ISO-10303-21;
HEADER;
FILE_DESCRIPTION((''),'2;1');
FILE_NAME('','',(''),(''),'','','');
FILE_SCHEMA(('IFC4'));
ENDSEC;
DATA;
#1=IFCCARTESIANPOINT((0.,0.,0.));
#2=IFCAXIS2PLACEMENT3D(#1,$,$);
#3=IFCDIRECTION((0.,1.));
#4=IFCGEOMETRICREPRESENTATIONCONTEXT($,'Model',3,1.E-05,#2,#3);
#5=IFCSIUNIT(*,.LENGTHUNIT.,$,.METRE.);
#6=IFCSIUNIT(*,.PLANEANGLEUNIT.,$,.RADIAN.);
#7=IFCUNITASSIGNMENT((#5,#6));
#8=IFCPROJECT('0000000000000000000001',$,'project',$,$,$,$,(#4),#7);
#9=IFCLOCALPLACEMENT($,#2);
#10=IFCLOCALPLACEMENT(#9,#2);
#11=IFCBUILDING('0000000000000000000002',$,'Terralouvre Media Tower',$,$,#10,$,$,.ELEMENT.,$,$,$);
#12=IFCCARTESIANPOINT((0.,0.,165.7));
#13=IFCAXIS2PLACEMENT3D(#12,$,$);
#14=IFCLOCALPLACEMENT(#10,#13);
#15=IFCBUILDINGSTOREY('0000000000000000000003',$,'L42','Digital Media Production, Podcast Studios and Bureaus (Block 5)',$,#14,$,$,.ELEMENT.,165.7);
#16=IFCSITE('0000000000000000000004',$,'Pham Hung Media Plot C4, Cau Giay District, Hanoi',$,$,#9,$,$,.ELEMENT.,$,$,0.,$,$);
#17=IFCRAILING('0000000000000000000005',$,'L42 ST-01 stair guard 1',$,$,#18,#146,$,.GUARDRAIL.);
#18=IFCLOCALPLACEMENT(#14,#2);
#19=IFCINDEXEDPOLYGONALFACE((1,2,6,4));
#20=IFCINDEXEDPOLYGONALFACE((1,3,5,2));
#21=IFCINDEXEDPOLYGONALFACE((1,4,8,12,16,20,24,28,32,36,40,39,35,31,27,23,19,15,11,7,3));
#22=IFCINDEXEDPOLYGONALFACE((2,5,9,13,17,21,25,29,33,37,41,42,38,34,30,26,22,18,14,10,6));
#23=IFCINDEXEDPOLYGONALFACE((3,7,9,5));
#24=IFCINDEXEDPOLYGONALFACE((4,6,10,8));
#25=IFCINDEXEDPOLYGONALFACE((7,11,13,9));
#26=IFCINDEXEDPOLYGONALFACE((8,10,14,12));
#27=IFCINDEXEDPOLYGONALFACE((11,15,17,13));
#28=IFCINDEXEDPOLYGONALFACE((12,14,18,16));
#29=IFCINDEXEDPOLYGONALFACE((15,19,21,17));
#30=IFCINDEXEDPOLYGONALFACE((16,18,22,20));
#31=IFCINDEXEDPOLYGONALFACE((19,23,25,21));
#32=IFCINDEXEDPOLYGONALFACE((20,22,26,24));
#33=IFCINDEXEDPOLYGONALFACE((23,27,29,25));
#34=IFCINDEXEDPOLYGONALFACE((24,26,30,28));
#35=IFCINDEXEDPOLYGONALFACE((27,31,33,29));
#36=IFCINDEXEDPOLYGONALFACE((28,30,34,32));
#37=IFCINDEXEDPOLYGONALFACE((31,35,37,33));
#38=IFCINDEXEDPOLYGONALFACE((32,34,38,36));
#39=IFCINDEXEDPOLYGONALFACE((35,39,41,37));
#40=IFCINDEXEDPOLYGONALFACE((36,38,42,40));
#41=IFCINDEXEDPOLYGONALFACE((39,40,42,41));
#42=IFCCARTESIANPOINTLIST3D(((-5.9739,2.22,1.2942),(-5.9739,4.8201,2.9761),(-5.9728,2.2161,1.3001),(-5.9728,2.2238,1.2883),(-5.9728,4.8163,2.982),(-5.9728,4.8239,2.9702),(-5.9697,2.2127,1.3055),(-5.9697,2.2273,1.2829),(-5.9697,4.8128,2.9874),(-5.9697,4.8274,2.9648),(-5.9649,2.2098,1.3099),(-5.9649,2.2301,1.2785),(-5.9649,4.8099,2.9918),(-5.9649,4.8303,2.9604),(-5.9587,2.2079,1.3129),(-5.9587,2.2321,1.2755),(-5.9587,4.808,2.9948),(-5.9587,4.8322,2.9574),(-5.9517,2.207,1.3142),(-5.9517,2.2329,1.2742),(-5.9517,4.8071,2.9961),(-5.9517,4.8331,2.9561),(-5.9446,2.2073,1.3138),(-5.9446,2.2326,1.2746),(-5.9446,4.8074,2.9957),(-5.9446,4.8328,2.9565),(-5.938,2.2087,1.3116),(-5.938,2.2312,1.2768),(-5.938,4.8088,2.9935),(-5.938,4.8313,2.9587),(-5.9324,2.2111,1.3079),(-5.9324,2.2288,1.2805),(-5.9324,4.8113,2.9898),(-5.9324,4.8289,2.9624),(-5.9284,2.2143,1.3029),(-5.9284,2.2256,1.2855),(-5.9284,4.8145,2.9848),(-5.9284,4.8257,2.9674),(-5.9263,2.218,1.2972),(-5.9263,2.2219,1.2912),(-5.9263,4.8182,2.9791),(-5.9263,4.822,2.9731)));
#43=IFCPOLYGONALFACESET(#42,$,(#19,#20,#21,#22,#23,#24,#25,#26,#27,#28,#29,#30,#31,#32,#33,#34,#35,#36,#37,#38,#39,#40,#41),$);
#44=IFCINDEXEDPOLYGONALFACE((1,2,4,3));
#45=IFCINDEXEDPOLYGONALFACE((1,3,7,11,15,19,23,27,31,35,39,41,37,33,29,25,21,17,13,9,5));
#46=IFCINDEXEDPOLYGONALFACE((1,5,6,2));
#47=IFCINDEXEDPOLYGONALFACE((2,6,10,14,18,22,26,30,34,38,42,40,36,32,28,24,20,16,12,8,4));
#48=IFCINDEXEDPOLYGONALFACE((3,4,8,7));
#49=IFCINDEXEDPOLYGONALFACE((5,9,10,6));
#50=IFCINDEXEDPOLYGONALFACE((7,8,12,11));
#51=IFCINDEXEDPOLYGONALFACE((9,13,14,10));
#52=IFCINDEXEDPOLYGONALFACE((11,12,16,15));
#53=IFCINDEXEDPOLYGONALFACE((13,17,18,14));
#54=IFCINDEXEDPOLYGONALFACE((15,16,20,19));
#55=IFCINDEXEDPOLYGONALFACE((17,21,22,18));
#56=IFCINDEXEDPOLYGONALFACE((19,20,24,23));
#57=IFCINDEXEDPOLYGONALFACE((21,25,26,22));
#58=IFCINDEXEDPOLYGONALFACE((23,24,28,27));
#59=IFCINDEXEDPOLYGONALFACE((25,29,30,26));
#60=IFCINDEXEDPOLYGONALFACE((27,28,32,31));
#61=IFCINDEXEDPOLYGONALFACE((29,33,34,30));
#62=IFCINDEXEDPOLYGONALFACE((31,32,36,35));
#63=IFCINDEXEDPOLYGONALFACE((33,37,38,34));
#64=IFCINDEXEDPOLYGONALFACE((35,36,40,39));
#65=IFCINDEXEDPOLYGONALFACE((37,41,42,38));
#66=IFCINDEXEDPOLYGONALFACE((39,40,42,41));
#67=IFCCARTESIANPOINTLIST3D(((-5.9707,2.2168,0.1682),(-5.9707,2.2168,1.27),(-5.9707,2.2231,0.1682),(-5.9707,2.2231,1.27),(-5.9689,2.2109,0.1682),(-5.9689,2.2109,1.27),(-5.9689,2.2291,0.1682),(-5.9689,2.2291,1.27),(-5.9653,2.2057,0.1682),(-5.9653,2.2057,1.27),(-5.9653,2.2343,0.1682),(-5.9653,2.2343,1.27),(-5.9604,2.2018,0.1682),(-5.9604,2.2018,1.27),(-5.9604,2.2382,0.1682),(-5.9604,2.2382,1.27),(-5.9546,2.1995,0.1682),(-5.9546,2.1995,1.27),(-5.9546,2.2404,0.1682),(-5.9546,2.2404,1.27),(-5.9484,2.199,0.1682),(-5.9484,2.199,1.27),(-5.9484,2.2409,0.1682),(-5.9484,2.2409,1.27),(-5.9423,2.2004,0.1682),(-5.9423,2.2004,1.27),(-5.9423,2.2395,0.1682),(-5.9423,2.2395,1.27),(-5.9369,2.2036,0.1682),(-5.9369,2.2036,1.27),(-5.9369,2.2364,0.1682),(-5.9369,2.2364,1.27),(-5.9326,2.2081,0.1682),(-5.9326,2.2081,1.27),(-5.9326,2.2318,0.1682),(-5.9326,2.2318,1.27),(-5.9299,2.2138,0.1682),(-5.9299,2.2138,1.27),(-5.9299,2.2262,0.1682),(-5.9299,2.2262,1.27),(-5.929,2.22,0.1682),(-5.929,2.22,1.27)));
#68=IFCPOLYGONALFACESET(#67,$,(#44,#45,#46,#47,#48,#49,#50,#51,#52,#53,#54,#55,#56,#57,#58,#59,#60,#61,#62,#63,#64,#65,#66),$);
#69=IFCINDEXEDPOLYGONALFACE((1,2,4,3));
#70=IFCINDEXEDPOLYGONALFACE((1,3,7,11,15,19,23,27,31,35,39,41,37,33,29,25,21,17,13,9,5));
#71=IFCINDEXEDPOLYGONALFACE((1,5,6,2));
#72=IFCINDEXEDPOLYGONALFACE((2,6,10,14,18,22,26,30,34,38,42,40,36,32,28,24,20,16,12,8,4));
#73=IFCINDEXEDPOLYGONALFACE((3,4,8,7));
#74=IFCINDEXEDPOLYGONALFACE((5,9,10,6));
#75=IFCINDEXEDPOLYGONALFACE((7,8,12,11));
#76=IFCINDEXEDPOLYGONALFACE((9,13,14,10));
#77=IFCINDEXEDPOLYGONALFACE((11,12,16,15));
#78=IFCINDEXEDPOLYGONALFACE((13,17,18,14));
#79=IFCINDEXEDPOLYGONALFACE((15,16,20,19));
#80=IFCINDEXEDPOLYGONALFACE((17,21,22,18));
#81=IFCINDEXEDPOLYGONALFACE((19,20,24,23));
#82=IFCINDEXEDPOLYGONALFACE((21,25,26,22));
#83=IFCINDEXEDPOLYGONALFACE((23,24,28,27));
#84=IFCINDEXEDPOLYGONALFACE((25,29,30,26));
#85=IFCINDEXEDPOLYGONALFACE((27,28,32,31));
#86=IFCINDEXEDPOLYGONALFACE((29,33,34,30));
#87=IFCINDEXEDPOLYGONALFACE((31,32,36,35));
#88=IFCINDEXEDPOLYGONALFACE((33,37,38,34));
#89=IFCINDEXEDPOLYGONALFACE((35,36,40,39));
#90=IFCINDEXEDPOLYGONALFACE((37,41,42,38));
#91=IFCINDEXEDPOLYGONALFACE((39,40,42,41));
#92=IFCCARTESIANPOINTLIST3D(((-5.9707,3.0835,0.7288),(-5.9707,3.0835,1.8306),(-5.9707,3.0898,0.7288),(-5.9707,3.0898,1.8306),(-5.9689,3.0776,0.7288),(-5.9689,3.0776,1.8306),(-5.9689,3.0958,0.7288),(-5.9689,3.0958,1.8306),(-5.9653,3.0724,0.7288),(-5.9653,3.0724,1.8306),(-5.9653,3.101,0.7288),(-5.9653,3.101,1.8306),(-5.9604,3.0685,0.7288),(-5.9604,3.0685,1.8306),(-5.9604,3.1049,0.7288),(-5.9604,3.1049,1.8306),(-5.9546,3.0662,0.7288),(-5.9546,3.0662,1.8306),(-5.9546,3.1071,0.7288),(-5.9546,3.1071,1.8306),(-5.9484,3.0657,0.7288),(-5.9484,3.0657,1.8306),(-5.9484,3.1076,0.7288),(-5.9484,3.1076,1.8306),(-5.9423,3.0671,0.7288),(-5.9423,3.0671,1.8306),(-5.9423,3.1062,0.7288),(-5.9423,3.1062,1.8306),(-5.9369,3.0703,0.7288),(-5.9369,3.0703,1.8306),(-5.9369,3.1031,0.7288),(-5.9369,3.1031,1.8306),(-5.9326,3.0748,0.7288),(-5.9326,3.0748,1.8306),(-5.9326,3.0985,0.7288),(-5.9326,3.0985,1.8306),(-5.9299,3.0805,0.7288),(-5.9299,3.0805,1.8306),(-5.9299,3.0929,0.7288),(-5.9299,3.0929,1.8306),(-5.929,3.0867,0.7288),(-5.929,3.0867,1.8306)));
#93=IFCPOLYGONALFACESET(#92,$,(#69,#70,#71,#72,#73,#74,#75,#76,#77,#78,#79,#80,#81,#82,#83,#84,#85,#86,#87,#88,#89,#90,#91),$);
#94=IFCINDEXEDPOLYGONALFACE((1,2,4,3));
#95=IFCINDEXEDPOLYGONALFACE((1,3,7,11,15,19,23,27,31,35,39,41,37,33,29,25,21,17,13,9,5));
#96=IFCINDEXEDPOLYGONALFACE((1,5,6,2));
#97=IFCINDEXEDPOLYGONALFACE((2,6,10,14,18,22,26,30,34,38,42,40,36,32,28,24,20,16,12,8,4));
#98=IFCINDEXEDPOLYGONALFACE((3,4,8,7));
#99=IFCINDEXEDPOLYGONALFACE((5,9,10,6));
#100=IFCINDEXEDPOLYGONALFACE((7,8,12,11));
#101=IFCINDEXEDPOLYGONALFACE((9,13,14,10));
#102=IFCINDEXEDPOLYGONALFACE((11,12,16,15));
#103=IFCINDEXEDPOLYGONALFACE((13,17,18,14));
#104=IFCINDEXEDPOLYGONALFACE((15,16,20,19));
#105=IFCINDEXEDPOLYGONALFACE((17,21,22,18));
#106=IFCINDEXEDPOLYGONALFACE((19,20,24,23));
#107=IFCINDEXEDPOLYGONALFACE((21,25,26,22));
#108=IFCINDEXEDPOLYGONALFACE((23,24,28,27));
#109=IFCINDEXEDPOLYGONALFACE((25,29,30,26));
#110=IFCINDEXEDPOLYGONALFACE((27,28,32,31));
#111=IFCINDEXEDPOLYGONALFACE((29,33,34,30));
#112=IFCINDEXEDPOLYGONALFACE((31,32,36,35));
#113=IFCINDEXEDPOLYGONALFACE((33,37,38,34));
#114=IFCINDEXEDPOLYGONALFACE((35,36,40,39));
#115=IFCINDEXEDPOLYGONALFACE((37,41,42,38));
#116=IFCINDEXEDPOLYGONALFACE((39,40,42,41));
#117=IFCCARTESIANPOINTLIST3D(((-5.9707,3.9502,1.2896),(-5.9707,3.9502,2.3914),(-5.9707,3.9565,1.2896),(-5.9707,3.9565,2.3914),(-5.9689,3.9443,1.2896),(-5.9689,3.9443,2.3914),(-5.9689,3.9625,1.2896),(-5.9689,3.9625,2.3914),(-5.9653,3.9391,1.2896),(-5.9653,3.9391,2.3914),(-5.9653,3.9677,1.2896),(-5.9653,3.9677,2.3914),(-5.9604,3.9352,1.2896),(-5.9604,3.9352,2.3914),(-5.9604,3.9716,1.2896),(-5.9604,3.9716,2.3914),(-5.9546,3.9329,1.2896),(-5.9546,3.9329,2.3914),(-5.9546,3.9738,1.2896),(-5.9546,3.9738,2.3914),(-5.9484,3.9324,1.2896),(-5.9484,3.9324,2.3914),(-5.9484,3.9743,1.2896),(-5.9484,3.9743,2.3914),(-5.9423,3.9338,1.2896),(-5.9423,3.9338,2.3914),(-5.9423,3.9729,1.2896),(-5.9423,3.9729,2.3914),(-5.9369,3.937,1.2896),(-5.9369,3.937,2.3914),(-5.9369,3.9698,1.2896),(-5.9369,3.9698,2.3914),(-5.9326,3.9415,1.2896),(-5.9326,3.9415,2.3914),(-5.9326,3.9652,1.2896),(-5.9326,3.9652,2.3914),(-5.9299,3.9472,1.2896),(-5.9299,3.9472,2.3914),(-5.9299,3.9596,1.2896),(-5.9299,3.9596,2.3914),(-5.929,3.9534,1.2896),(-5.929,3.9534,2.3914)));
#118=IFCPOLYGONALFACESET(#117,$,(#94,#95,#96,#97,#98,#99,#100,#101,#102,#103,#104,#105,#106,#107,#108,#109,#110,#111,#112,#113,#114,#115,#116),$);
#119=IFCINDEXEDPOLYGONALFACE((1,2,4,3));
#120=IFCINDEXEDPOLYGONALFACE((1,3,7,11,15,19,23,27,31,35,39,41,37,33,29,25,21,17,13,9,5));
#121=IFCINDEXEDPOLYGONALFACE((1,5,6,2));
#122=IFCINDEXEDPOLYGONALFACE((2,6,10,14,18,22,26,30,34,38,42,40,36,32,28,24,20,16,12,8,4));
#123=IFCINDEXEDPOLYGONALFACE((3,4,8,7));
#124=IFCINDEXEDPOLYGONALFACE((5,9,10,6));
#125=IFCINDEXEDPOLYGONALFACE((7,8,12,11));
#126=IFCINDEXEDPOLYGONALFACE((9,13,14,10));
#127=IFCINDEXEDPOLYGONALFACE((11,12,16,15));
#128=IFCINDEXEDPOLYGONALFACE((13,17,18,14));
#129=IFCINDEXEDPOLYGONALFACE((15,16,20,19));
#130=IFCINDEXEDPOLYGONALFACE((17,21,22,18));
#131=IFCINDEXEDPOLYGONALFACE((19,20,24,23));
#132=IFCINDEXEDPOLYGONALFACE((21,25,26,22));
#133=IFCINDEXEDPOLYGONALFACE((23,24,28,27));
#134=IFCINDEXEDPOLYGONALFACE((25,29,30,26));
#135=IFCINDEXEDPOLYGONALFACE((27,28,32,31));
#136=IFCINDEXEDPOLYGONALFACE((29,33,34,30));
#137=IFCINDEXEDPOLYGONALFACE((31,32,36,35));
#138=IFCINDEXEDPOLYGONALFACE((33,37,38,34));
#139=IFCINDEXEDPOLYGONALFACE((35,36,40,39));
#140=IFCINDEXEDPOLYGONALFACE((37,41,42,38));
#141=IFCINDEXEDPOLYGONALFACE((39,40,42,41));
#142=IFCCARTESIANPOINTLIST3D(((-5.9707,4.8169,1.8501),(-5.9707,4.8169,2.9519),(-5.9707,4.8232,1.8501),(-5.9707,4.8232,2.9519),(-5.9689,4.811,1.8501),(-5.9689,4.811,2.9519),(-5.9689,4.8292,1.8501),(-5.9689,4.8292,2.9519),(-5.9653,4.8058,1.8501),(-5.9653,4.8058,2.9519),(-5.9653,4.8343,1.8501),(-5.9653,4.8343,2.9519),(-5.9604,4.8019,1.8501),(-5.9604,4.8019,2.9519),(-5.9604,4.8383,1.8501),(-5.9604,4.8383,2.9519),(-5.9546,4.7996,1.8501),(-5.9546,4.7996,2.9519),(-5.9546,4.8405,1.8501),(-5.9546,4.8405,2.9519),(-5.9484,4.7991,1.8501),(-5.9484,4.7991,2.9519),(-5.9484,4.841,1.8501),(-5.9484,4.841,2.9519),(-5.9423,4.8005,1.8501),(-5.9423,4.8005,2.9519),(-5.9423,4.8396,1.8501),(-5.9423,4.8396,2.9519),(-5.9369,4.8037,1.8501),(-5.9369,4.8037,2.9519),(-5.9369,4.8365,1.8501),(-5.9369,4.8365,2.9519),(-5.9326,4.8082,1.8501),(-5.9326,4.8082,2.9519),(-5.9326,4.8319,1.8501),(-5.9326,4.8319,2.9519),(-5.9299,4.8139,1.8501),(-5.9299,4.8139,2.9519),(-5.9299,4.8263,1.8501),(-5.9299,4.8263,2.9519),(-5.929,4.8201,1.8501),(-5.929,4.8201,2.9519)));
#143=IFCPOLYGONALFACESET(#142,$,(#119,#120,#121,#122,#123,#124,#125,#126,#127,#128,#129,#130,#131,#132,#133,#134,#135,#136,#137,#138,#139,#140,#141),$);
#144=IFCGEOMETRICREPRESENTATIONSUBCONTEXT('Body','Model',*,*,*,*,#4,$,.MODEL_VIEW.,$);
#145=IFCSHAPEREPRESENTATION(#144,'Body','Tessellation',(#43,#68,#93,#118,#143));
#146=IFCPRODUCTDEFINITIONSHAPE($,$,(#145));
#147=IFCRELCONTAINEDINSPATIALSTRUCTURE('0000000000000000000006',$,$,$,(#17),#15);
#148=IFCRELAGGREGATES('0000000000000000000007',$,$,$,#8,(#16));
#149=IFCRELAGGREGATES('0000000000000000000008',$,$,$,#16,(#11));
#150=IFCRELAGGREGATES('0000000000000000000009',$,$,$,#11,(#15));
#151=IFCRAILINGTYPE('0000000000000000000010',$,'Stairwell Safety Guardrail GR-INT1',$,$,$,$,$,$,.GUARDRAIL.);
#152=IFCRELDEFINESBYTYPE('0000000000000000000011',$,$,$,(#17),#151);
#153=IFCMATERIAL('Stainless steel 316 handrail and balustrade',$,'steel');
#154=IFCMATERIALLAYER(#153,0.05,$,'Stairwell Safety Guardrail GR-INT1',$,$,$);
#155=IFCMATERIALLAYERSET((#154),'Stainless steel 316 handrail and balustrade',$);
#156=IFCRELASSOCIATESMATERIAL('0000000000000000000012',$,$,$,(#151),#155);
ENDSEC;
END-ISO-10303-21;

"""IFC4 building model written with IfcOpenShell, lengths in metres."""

from ifc_helpers import new_model, si_unit, direction, frame, origin, origin_2d, place, context, subcontext, project, spatial, circle, extrude, material, layer, layer_set, type_object, element, save


model = new_model("IFC4")

# Units and contexts
model_context = context("Model", 3, precision=1e-05, world=origin(), true_north=direction((0.0, 1.0)))
body_context = subcontext(model_context, "Body", "Model", "MODEL_VIEW")
ifc_project = project(units=[si_unit("LENGTHUNIT", "METRE"), si_unit("PLANEANGLEUNIT", "RADIAN")], contexts=[model_context])

# Site, building, storey
site_placement = place(None, origin())
site = spatial("IfcSite", under=ifc_project, at=site_placement, Name="Pham Hung Media Plot C4, Cau Giay District, Hanoi", CompositionType="ELEMENT", RefElevation=0.0)
building_placement = place(site_placement, origin())
building = spatial("IfcBuilding", under=site, at=building_placement, Name="Terralouvre Media Tower", CompositionType="ELEMENT")
storey_placement = place(building_placement, frame((0.0, 0.0, 165.7)))
storey = spatial("IfcBuildingStorey", under=building, at=storey_placement, Name="L42", Description="Digital Media Production, Podcast Studios and Bureaus (Block 5)", CompositionType="ELEMENT", Elevation=165.7)

# Railing
ifc_material_1 = material(Name="Stainless steel 316 handrail and balustrade", Category="steel")
ifc_layer_1 = layer(ifc_material_1, 0.05, Name="Stairwell Safety Guardrail GR-INT1")
ifc_layer_set_1 = layer_set([ifc_layer_1], Name="Stainless steel 316 handrail and balustrade")
railing_type_1 = type_object("IfcRailingType", Name="Stairwell Safety Guardrail GR-INT1", PredefinedType="GUARDRAIL", material=ifc_layer_set_1)
railing_1_placement = place(storey_placement, frame((-5.95, 2.22, 0.1682)))
element("IfcRailing", 1, at=railing_1_placement, inside=storey, type_object=railing_type_1, Name="L42 ST-01 stair guard 1", PredefinedType="GUARDRAIL", context=body_context, shape_type="SweptSolid", body=[
    extrude(circle(Radius=0.0239, at=origin_2d()), frame((0.0, 0.0, 1.126), z_axis=(0.0, 0.839648, 0.54313), x_axis=(-1.0, 0.0, 0.0)), (0.0, 0.0, 1.0), 3.0967),
    extrude(circle(Radius=0.021, at=origin_2d()), origin(), (0.0, 0.0, 1.0), 1.1018),
    extrude(circle(Radius=0.021, at=origin_2d()), frame((0.0, 0.8667, 0.5605)), (0.0, 0.0, 1.0), 1.1018),
    extrude(circle(Radius=0.021, at=origin_2d()), frame((0.0, 1.7334, 1.1213)), (0.0, 0.0, 1.0), 1.1018),
    extrude(circle(Radius=0.021, at=origin_2d()), frame((0.0, 2.6001, 1.6819)), (0.0, 0.0, 1.0), 1.1018),
])

save(model, "model.ifc")
